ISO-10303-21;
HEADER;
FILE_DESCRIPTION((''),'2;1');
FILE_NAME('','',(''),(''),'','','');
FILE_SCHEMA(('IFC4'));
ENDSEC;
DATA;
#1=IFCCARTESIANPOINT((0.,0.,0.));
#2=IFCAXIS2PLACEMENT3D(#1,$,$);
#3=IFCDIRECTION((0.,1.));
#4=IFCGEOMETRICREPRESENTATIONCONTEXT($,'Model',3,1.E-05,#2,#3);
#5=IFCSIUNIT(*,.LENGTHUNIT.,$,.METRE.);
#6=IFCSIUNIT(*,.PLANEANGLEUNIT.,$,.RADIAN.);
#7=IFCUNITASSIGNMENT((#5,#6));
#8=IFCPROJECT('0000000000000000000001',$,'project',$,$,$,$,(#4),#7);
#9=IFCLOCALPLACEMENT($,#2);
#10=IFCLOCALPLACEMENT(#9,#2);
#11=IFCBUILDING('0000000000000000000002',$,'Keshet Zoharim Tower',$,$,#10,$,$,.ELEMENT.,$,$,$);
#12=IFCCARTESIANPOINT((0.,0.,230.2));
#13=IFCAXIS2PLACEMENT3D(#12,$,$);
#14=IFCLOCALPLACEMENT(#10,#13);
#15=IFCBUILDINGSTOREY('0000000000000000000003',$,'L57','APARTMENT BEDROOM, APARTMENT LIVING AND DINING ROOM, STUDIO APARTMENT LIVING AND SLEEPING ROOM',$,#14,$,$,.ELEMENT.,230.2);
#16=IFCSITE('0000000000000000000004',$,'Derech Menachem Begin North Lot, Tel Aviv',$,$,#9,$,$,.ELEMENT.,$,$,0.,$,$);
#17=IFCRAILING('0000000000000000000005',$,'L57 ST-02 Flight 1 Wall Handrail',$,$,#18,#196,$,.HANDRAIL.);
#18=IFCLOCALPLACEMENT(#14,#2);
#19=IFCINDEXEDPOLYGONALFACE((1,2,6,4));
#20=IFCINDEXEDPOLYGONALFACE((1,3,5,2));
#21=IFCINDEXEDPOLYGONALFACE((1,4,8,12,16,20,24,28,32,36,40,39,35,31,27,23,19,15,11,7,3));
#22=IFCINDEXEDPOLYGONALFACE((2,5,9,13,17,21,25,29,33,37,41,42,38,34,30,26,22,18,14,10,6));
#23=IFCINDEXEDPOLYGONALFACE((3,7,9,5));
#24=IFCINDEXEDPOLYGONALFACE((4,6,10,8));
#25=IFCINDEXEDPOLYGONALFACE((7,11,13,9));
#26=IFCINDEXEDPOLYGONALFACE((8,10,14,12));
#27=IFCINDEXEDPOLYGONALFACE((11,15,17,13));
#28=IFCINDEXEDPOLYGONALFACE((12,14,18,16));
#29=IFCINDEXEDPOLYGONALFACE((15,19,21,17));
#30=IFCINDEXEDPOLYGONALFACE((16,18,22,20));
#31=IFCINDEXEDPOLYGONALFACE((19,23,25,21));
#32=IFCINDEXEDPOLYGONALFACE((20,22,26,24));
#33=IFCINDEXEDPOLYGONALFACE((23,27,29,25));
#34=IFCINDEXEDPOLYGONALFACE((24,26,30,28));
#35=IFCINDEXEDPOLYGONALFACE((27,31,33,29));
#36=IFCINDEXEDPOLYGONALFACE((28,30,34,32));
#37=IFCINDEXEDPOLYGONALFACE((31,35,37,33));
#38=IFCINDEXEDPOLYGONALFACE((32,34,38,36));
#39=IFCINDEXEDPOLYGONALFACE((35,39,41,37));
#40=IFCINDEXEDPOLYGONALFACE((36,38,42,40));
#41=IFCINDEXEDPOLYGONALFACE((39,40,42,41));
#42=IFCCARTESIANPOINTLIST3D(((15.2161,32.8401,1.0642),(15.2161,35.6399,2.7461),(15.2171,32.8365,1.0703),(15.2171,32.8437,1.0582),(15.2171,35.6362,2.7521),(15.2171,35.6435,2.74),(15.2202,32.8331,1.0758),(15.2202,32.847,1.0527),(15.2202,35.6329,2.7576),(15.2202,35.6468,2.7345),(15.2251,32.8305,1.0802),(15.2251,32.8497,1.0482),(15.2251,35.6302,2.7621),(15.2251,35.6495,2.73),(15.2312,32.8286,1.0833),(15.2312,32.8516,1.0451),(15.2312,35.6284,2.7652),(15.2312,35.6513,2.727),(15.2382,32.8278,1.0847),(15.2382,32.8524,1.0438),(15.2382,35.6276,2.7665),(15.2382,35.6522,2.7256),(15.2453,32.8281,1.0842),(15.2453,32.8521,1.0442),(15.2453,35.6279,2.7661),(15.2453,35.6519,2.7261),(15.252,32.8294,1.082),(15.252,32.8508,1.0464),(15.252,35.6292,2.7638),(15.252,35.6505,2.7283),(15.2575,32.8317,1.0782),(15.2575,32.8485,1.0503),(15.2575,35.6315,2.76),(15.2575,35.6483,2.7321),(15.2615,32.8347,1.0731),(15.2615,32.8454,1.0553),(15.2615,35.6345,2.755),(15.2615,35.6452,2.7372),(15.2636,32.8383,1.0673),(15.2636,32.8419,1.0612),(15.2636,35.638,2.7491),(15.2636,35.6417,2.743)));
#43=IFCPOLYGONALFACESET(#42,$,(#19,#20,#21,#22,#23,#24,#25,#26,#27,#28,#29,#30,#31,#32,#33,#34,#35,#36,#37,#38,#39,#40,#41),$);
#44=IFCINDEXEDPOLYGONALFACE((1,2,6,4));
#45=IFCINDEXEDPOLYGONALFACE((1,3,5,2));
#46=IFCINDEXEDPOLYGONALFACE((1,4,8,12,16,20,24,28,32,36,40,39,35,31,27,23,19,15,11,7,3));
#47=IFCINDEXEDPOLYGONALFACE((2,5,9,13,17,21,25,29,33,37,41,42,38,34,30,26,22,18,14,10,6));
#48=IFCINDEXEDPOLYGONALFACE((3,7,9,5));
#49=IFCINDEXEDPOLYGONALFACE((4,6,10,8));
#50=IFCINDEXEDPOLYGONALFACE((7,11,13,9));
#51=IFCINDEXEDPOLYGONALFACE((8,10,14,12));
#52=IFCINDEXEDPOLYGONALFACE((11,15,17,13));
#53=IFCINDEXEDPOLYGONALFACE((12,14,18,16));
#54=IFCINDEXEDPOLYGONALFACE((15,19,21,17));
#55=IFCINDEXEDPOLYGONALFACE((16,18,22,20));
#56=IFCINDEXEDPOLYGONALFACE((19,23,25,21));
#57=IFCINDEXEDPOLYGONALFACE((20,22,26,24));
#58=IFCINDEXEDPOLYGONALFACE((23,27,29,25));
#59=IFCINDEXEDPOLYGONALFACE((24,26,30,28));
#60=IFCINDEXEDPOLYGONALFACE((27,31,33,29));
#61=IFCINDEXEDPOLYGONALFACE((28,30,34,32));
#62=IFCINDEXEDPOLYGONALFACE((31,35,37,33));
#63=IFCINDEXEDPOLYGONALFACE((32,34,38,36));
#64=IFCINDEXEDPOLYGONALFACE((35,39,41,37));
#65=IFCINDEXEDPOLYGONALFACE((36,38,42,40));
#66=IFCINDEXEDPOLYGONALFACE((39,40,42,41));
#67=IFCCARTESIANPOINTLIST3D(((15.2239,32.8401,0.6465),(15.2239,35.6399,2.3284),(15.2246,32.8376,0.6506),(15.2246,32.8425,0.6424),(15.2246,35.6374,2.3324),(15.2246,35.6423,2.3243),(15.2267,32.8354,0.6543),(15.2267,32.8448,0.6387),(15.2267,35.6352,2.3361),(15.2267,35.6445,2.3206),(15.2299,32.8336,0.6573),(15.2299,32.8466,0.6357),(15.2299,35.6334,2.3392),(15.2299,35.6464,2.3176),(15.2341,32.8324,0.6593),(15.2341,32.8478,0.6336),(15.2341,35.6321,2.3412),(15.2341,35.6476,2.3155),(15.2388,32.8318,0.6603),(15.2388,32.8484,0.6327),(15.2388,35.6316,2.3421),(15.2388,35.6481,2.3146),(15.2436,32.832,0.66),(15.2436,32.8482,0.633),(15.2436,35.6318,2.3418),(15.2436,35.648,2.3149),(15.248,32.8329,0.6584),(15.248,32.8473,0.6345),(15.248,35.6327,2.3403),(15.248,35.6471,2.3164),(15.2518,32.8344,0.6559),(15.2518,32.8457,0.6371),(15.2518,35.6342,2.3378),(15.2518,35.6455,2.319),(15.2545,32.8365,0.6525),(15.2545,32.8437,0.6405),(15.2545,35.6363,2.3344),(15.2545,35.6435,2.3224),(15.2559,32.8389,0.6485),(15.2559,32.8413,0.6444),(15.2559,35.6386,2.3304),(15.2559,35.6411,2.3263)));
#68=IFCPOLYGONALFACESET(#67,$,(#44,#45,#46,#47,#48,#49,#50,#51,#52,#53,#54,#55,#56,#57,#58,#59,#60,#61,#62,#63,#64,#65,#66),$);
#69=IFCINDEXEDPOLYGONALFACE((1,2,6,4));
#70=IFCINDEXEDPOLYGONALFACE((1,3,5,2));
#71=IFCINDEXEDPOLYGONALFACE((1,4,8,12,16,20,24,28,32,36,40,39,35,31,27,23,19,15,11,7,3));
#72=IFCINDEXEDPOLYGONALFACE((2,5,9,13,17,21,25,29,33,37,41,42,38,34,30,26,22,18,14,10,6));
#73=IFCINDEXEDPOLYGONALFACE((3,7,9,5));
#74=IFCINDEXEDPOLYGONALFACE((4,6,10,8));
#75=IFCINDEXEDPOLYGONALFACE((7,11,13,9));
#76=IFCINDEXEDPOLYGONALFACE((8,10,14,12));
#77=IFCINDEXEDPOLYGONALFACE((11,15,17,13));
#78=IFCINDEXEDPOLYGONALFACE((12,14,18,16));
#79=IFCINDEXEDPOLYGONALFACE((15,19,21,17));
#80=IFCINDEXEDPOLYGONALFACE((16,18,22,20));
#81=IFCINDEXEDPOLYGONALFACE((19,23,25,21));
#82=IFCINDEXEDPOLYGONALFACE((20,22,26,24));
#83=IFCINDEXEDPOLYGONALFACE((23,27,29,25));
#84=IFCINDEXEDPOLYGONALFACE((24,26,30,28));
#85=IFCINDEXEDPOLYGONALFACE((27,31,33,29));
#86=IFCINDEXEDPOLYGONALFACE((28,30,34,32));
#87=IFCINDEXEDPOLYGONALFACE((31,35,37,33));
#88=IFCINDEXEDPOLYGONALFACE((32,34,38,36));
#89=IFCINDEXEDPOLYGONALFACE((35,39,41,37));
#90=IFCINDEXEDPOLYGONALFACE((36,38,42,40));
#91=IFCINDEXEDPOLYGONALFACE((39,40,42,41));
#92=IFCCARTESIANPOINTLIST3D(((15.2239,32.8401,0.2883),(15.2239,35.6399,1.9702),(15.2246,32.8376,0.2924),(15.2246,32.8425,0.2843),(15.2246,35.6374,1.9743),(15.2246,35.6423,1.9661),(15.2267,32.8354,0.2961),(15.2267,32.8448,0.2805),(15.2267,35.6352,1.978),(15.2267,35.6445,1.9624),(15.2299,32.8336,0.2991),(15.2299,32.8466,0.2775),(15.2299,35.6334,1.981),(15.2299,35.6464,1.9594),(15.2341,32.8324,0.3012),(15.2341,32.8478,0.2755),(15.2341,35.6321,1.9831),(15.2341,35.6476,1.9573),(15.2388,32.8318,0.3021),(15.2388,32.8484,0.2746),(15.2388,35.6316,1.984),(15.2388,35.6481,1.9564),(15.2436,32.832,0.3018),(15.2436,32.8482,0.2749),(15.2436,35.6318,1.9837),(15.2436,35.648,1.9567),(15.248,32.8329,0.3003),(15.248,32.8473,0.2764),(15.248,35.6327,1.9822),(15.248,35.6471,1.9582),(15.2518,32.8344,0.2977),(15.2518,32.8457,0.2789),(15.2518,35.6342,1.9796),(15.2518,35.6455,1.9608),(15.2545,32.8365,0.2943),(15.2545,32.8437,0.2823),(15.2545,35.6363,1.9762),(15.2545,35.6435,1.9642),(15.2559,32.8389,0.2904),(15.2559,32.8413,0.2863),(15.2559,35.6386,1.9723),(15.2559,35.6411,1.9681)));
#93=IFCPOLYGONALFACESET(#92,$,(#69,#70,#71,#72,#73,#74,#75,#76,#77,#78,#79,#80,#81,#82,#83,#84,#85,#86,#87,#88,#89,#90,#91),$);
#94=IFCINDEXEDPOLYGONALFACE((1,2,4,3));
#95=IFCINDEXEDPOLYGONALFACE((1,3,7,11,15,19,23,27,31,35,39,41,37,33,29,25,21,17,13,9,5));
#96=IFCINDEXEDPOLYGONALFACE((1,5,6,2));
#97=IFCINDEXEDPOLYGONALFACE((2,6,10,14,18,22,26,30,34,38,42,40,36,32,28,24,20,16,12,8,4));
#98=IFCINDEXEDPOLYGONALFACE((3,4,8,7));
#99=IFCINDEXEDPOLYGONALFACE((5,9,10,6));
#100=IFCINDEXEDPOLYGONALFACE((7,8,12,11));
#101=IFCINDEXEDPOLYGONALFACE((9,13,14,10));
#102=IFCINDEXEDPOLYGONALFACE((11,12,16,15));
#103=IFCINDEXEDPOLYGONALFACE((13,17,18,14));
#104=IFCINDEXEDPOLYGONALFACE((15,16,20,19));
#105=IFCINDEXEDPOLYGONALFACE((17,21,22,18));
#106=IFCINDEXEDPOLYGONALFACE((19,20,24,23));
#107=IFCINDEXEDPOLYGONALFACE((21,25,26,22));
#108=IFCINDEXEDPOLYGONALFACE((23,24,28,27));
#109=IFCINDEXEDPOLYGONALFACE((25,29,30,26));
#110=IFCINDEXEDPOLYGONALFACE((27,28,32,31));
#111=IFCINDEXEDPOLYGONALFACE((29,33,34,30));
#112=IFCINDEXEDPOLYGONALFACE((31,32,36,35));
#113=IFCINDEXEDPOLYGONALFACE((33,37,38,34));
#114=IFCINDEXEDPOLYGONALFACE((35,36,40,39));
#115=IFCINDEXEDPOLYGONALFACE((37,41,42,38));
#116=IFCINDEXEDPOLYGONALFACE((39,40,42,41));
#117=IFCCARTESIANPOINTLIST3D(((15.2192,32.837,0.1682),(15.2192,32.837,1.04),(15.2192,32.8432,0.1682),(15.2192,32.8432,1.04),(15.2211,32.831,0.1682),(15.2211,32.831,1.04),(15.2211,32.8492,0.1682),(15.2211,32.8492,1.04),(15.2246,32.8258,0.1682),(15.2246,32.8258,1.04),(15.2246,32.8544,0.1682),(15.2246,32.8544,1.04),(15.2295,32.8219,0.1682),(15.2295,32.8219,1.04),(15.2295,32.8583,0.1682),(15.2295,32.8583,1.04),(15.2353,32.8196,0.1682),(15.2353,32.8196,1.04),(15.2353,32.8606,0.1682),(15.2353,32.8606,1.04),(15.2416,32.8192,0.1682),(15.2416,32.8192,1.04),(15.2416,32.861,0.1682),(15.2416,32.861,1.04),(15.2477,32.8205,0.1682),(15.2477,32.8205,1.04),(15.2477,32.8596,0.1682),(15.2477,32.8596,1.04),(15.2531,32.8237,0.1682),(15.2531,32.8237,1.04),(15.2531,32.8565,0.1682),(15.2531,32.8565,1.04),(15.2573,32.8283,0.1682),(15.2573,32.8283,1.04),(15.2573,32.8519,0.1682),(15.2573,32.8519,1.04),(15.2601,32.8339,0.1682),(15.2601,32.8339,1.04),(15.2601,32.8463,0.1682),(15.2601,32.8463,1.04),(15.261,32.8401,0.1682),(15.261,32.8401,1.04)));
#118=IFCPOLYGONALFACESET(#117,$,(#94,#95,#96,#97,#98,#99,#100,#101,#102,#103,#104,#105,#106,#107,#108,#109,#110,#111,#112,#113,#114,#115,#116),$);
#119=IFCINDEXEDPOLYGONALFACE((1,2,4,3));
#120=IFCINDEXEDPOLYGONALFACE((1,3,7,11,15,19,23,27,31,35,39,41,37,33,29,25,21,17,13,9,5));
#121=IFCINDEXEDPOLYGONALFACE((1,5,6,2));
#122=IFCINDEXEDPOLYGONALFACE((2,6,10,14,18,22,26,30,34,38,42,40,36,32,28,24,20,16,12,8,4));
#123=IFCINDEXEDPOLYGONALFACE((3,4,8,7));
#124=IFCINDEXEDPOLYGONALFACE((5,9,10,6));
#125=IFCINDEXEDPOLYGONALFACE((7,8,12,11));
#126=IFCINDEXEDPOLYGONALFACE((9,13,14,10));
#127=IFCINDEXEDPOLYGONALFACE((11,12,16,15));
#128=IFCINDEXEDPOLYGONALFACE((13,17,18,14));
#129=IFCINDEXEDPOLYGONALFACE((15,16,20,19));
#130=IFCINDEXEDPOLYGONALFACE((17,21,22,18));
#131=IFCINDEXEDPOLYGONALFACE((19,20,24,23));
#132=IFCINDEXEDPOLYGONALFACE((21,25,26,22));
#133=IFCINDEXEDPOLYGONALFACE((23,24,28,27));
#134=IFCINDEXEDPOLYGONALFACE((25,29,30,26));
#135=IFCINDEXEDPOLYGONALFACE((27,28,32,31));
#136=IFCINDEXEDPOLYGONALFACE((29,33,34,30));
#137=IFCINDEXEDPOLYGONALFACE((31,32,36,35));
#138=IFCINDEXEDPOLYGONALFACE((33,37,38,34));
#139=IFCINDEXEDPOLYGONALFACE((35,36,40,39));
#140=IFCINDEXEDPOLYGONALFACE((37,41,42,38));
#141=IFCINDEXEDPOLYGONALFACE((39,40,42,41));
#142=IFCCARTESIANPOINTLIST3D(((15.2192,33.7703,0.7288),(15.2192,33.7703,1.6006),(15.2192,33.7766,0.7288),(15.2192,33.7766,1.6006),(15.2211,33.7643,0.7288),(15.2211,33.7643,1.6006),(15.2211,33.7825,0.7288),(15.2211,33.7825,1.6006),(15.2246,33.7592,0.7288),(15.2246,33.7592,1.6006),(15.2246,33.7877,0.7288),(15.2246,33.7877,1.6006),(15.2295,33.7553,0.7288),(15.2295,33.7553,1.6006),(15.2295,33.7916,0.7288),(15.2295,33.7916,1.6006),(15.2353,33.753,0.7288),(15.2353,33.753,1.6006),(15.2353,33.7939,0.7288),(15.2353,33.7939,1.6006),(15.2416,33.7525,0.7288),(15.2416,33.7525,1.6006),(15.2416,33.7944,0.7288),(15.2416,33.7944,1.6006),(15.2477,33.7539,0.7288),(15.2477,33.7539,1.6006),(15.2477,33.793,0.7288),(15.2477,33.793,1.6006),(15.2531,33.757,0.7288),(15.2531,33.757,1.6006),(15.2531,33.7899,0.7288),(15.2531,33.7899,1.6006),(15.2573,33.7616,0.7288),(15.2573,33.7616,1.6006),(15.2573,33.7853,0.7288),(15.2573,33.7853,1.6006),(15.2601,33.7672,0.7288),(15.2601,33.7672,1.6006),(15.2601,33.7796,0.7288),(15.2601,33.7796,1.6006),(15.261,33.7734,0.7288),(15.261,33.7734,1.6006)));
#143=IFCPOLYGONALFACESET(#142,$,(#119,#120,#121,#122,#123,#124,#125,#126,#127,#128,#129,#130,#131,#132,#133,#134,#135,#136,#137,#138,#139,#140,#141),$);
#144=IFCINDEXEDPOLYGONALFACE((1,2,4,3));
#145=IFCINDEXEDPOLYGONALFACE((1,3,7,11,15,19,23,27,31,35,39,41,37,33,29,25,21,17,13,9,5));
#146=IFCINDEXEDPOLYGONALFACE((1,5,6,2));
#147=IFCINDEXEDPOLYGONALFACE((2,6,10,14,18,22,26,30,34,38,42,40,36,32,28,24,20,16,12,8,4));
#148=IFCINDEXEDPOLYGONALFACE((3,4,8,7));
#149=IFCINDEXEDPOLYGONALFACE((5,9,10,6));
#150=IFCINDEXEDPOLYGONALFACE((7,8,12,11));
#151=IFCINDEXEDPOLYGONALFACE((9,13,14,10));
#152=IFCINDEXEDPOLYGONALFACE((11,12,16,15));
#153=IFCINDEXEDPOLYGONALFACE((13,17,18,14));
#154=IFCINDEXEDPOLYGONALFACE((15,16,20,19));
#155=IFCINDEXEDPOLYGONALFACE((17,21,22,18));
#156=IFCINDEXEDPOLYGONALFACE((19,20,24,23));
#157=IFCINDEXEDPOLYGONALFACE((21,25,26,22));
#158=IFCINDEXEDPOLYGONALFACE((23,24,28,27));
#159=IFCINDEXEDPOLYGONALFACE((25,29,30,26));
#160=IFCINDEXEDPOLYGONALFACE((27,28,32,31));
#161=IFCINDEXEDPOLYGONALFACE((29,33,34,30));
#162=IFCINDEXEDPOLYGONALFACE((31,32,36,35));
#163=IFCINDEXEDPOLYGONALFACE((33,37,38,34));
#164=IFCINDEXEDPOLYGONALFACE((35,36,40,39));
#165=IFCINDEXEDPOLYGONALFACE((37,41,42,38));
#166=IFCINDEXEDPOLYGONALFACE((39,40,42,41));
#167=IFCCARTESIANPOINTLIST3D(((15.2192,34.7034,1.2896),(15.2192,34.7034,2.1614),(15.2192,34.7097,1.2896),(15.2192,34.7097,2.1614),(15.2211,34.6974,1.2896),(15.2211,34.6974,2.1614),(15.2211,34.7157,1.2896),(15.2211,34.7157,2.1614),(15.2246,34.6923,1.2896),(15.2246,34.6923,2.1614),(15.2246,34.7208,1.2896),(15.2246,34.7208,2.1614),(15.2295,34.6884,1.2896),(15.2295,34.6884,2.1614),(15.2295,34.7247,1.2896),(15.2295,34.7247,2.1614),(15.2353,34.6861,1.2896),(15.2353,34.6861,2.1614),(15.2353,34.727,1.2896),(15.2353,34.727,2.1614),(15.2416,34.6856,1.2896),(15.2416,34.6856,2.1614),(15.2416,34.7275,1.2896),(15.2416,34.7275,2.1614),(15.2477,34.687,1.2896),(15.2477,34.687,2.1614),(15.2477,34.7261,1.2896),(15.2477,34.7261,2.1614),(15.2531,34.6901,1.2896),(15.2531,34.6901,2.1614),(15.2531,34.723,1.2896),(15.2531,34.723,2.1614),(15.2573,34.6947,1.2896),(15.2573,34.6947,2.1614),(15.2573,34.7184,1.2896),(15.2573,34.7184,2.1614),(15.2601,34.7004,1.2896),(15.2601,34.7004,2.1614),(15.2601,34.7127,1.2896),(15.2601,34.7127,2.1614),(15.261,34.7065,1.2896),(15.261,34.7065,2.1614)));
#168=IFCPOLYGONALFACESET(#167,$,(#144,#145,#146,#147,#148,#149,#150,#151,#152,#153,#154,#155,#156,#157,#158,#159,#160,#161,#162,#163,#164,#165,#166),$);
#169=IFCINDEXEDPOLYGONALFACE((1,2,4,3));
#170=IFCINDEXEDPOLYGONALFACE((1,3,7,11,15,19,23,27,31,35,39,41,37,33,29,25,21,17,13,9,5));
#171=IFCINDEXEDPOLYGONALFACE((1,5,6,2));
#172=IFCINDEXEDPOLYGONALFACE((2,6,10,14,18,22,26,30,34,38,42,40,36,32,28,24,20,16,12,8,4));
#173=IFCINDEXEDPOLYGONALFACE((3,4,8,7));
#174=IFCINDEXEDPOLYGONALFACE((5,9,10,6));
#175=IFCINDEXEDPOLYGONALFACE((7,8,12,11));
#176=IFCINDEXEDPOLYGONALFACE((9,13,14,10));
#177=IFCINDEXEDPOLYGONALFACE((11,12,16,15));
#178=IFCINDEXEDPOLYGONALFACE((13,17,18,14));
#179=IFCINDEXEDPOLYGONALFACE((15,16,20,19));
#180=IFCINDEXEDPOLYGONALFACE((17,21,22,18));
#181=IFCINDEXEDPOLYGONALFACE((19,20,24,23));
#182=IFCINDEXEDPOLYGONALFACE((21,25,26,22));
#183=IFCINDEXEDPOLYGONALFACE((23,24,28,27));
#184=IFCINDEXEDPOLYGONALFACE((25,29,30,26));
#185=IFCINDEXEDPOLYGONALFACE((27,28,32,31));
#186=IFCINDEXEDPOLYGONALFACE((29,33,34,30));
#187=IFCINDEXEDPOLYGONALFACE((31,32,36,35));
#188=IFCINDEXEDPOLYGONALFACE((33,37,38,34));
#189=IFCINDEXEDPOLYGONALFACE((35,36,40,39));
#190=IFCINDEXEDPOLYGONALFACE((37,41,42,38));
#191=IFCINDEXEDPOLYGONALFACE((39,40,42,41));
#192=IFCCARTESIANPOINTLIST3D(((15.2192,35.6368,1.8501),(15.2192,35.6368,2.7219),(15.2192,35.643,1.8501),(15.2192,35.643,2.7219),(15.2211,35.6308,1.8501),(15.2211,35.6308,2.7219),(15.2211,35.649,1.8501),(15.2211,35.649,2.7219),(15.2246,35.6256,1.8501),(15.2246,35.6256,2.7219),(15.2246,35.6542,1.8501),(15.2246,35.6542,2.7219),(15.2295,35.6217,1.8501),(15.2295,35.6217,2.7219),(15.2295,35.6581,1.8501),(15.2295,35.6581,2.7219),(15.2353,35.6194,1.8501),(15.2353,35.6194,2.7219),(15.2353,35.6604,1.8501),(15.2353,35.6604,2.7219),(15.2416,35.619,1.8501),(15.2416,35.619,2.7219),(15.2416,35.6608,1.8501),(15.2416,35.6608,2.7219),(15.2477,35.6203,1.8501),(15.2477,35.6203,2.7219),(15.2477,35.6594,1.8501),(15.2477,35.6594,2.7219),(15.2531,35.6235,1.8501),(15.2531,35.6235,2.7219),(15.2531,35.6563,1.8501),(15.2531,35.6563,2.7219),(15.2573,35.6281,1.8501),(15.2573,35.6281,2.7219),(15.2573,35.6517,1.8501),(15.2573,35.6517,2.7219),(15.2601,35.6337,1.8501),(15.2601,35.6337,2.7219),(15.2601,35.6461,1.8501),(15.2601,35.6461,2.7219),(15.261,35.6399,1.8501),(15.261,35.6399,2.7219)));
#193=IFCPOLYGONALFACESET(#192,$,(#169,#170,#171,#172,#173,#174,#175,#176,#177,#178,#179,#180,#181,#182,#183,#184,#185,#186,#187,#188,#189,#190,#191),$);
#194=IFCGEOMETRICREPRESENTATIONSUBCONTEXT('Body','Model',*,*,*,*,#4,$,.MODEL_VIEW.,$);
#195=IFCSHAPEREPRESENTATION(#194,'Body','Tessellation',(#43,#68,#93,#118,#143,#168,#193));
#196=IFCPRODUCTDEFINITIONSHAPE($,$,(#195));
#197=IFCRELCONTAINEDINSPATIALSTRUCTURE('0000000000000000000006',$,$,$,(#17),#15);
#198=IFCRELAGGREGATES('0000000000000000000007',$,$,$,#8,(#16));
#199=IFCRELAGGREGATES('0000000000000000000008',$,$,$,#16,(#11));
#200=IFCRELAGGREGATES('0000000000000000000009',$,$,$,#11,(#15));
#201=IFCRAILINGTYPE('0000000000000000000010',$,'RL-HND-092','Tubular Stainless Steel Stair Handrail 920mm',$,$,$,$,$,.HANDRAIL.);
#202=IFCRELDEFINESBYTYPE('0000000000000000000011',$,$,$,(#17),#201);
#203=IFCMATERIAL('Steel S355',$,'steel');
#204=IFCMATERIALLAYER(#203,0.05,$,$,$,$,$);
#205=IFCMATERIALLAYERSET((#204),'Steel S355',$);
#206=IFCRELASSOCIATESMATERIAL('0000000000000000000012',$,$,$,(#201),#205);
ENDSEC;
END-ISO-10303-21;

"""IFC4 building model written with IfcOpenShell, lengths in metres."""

from ifc_helpers import new_model, si_unit, direction, frame, origin, origin_2d, place, context, subcontext, project, spatial, circle, extrude, material, layer, layer_set, type_object, element, save


model = new_model("IFC4")

# Units and contexts
model_context = context("Model", 3, precision=1e-05, world=origin(), true_north=direction((0.0, 1.0)))
body_context = subcontext(model_context, "Body", "Model", "MODEL_VIEW")
ifc_project = project(units=[si_unit("LENGTHUNIT", "METRE"), si_unit("PLANEANGLEUNIT", "RADIAN")], contexts=[model_context])

# Site, building, storey
site_placement = place(None, origin())
site = spatial("IfcSite", under=ifc_project, at=site_placement, Name="Derech Menachem Begin North Lot, Tel Aviv", CompositionType="ELEMENT", RefElevation=0.0)
building_placement = place(site_placement, origin())
building = spatial("IfcBuilding", under=site, at=building_placement, Name="Keshet Zoharim Tower", CompositionType="ELEMENT")
storey_placement = place(building_placement, frame((0.0, 0.0, 230.2)))
storey = spatial("IfcBuildingStorey", under=building, at=storey_placement, Name="L57", Description="APARTMENT BEDROOM, APARTMENT LIVING AND DINING ROOM, STUDIO APARTMENT LIVING AND SLEEPING ROOM", CompositionType="ELEMENT", Elevation=230.2)

# Shared definitions
ifc_material_1 = material(Name="Steel S355", Category="steel")

# Railing
ifc_layer_1 = layer(ifc_material_1, 0.05)
ifc_layer_set_1 = layer_set([ifc_layer_1], Name="Steel S355")
railing_type_1 = type_object("IfcRailingType", Name="RL-HND-092", Description="Tubular Stainless Steel Stair Handrail 920mm", PredefinedType="HANDRAIL", material=ifc_layer_set_1)
railing_1_placement = place(storey_placement, frame((15.24, 32.8401, 0.1682)))
element("IfcRailing", 1, at=railing_1_placement, inside=storey, type_object=railing_type_1, Name="L57 ST-02 Flight 1 Wall Handrail", PredefinedType="HANDRAIL", context=body_context, shape_type="SweptSolid", body=[
    extrude(circle(Radius=0.0239, at=origin_2d()), frame((0.0, 0.0, 0.896), z_axis=(0.0, 0.857222, 0.514946), x_axis=(-1.0, 0.0, 0.0)), (0.0, 0.0, 1.0), 3.2661),
    extrude(circle(Radius=0.0161, at=origin_2d()), frame((0.0, 0.0, 0.4783), z_axis=(0.0, 0.857222, 0.514946), x_axis=(-1.0, 0.0, 0.0)), (0.0, 0.0, 1.0), 3.2661),
    extrude(circle(Radius=0.0161, at=origin_2d()), frame((0.0, 0.0, 0.1201), z_axis=(0.0, 0.857222, 0.514946), x_axis=(-1.0, 0.0, 0.0)), (0.0, 0.0, 1.0), 3.2661),
    extrude(circle(Radius=0.021, at=origin_2d()), origin(), (0.0, 0.0, 1.0), 0.8718),
    extrude(circle(Radius=0.021, at=origin_2d()), frame((0.0, 0.9333, 0.5605)), (0.0, 0.0, 1.0), 0.8718),
    extrude(circle(Radius=0.021, at=origin_2d()), frame((0.0, 1.8665, 1.1213)), (0.0, 0.0, 1.0), 0.8718),
    extrude(circle(Radius=0.021, at=origin_2d()), frame((0.0, 2.7998, 1.6819)), (0.0, 0.0, 1.0), 0.8718),
])

save(model, "model.ifc")
